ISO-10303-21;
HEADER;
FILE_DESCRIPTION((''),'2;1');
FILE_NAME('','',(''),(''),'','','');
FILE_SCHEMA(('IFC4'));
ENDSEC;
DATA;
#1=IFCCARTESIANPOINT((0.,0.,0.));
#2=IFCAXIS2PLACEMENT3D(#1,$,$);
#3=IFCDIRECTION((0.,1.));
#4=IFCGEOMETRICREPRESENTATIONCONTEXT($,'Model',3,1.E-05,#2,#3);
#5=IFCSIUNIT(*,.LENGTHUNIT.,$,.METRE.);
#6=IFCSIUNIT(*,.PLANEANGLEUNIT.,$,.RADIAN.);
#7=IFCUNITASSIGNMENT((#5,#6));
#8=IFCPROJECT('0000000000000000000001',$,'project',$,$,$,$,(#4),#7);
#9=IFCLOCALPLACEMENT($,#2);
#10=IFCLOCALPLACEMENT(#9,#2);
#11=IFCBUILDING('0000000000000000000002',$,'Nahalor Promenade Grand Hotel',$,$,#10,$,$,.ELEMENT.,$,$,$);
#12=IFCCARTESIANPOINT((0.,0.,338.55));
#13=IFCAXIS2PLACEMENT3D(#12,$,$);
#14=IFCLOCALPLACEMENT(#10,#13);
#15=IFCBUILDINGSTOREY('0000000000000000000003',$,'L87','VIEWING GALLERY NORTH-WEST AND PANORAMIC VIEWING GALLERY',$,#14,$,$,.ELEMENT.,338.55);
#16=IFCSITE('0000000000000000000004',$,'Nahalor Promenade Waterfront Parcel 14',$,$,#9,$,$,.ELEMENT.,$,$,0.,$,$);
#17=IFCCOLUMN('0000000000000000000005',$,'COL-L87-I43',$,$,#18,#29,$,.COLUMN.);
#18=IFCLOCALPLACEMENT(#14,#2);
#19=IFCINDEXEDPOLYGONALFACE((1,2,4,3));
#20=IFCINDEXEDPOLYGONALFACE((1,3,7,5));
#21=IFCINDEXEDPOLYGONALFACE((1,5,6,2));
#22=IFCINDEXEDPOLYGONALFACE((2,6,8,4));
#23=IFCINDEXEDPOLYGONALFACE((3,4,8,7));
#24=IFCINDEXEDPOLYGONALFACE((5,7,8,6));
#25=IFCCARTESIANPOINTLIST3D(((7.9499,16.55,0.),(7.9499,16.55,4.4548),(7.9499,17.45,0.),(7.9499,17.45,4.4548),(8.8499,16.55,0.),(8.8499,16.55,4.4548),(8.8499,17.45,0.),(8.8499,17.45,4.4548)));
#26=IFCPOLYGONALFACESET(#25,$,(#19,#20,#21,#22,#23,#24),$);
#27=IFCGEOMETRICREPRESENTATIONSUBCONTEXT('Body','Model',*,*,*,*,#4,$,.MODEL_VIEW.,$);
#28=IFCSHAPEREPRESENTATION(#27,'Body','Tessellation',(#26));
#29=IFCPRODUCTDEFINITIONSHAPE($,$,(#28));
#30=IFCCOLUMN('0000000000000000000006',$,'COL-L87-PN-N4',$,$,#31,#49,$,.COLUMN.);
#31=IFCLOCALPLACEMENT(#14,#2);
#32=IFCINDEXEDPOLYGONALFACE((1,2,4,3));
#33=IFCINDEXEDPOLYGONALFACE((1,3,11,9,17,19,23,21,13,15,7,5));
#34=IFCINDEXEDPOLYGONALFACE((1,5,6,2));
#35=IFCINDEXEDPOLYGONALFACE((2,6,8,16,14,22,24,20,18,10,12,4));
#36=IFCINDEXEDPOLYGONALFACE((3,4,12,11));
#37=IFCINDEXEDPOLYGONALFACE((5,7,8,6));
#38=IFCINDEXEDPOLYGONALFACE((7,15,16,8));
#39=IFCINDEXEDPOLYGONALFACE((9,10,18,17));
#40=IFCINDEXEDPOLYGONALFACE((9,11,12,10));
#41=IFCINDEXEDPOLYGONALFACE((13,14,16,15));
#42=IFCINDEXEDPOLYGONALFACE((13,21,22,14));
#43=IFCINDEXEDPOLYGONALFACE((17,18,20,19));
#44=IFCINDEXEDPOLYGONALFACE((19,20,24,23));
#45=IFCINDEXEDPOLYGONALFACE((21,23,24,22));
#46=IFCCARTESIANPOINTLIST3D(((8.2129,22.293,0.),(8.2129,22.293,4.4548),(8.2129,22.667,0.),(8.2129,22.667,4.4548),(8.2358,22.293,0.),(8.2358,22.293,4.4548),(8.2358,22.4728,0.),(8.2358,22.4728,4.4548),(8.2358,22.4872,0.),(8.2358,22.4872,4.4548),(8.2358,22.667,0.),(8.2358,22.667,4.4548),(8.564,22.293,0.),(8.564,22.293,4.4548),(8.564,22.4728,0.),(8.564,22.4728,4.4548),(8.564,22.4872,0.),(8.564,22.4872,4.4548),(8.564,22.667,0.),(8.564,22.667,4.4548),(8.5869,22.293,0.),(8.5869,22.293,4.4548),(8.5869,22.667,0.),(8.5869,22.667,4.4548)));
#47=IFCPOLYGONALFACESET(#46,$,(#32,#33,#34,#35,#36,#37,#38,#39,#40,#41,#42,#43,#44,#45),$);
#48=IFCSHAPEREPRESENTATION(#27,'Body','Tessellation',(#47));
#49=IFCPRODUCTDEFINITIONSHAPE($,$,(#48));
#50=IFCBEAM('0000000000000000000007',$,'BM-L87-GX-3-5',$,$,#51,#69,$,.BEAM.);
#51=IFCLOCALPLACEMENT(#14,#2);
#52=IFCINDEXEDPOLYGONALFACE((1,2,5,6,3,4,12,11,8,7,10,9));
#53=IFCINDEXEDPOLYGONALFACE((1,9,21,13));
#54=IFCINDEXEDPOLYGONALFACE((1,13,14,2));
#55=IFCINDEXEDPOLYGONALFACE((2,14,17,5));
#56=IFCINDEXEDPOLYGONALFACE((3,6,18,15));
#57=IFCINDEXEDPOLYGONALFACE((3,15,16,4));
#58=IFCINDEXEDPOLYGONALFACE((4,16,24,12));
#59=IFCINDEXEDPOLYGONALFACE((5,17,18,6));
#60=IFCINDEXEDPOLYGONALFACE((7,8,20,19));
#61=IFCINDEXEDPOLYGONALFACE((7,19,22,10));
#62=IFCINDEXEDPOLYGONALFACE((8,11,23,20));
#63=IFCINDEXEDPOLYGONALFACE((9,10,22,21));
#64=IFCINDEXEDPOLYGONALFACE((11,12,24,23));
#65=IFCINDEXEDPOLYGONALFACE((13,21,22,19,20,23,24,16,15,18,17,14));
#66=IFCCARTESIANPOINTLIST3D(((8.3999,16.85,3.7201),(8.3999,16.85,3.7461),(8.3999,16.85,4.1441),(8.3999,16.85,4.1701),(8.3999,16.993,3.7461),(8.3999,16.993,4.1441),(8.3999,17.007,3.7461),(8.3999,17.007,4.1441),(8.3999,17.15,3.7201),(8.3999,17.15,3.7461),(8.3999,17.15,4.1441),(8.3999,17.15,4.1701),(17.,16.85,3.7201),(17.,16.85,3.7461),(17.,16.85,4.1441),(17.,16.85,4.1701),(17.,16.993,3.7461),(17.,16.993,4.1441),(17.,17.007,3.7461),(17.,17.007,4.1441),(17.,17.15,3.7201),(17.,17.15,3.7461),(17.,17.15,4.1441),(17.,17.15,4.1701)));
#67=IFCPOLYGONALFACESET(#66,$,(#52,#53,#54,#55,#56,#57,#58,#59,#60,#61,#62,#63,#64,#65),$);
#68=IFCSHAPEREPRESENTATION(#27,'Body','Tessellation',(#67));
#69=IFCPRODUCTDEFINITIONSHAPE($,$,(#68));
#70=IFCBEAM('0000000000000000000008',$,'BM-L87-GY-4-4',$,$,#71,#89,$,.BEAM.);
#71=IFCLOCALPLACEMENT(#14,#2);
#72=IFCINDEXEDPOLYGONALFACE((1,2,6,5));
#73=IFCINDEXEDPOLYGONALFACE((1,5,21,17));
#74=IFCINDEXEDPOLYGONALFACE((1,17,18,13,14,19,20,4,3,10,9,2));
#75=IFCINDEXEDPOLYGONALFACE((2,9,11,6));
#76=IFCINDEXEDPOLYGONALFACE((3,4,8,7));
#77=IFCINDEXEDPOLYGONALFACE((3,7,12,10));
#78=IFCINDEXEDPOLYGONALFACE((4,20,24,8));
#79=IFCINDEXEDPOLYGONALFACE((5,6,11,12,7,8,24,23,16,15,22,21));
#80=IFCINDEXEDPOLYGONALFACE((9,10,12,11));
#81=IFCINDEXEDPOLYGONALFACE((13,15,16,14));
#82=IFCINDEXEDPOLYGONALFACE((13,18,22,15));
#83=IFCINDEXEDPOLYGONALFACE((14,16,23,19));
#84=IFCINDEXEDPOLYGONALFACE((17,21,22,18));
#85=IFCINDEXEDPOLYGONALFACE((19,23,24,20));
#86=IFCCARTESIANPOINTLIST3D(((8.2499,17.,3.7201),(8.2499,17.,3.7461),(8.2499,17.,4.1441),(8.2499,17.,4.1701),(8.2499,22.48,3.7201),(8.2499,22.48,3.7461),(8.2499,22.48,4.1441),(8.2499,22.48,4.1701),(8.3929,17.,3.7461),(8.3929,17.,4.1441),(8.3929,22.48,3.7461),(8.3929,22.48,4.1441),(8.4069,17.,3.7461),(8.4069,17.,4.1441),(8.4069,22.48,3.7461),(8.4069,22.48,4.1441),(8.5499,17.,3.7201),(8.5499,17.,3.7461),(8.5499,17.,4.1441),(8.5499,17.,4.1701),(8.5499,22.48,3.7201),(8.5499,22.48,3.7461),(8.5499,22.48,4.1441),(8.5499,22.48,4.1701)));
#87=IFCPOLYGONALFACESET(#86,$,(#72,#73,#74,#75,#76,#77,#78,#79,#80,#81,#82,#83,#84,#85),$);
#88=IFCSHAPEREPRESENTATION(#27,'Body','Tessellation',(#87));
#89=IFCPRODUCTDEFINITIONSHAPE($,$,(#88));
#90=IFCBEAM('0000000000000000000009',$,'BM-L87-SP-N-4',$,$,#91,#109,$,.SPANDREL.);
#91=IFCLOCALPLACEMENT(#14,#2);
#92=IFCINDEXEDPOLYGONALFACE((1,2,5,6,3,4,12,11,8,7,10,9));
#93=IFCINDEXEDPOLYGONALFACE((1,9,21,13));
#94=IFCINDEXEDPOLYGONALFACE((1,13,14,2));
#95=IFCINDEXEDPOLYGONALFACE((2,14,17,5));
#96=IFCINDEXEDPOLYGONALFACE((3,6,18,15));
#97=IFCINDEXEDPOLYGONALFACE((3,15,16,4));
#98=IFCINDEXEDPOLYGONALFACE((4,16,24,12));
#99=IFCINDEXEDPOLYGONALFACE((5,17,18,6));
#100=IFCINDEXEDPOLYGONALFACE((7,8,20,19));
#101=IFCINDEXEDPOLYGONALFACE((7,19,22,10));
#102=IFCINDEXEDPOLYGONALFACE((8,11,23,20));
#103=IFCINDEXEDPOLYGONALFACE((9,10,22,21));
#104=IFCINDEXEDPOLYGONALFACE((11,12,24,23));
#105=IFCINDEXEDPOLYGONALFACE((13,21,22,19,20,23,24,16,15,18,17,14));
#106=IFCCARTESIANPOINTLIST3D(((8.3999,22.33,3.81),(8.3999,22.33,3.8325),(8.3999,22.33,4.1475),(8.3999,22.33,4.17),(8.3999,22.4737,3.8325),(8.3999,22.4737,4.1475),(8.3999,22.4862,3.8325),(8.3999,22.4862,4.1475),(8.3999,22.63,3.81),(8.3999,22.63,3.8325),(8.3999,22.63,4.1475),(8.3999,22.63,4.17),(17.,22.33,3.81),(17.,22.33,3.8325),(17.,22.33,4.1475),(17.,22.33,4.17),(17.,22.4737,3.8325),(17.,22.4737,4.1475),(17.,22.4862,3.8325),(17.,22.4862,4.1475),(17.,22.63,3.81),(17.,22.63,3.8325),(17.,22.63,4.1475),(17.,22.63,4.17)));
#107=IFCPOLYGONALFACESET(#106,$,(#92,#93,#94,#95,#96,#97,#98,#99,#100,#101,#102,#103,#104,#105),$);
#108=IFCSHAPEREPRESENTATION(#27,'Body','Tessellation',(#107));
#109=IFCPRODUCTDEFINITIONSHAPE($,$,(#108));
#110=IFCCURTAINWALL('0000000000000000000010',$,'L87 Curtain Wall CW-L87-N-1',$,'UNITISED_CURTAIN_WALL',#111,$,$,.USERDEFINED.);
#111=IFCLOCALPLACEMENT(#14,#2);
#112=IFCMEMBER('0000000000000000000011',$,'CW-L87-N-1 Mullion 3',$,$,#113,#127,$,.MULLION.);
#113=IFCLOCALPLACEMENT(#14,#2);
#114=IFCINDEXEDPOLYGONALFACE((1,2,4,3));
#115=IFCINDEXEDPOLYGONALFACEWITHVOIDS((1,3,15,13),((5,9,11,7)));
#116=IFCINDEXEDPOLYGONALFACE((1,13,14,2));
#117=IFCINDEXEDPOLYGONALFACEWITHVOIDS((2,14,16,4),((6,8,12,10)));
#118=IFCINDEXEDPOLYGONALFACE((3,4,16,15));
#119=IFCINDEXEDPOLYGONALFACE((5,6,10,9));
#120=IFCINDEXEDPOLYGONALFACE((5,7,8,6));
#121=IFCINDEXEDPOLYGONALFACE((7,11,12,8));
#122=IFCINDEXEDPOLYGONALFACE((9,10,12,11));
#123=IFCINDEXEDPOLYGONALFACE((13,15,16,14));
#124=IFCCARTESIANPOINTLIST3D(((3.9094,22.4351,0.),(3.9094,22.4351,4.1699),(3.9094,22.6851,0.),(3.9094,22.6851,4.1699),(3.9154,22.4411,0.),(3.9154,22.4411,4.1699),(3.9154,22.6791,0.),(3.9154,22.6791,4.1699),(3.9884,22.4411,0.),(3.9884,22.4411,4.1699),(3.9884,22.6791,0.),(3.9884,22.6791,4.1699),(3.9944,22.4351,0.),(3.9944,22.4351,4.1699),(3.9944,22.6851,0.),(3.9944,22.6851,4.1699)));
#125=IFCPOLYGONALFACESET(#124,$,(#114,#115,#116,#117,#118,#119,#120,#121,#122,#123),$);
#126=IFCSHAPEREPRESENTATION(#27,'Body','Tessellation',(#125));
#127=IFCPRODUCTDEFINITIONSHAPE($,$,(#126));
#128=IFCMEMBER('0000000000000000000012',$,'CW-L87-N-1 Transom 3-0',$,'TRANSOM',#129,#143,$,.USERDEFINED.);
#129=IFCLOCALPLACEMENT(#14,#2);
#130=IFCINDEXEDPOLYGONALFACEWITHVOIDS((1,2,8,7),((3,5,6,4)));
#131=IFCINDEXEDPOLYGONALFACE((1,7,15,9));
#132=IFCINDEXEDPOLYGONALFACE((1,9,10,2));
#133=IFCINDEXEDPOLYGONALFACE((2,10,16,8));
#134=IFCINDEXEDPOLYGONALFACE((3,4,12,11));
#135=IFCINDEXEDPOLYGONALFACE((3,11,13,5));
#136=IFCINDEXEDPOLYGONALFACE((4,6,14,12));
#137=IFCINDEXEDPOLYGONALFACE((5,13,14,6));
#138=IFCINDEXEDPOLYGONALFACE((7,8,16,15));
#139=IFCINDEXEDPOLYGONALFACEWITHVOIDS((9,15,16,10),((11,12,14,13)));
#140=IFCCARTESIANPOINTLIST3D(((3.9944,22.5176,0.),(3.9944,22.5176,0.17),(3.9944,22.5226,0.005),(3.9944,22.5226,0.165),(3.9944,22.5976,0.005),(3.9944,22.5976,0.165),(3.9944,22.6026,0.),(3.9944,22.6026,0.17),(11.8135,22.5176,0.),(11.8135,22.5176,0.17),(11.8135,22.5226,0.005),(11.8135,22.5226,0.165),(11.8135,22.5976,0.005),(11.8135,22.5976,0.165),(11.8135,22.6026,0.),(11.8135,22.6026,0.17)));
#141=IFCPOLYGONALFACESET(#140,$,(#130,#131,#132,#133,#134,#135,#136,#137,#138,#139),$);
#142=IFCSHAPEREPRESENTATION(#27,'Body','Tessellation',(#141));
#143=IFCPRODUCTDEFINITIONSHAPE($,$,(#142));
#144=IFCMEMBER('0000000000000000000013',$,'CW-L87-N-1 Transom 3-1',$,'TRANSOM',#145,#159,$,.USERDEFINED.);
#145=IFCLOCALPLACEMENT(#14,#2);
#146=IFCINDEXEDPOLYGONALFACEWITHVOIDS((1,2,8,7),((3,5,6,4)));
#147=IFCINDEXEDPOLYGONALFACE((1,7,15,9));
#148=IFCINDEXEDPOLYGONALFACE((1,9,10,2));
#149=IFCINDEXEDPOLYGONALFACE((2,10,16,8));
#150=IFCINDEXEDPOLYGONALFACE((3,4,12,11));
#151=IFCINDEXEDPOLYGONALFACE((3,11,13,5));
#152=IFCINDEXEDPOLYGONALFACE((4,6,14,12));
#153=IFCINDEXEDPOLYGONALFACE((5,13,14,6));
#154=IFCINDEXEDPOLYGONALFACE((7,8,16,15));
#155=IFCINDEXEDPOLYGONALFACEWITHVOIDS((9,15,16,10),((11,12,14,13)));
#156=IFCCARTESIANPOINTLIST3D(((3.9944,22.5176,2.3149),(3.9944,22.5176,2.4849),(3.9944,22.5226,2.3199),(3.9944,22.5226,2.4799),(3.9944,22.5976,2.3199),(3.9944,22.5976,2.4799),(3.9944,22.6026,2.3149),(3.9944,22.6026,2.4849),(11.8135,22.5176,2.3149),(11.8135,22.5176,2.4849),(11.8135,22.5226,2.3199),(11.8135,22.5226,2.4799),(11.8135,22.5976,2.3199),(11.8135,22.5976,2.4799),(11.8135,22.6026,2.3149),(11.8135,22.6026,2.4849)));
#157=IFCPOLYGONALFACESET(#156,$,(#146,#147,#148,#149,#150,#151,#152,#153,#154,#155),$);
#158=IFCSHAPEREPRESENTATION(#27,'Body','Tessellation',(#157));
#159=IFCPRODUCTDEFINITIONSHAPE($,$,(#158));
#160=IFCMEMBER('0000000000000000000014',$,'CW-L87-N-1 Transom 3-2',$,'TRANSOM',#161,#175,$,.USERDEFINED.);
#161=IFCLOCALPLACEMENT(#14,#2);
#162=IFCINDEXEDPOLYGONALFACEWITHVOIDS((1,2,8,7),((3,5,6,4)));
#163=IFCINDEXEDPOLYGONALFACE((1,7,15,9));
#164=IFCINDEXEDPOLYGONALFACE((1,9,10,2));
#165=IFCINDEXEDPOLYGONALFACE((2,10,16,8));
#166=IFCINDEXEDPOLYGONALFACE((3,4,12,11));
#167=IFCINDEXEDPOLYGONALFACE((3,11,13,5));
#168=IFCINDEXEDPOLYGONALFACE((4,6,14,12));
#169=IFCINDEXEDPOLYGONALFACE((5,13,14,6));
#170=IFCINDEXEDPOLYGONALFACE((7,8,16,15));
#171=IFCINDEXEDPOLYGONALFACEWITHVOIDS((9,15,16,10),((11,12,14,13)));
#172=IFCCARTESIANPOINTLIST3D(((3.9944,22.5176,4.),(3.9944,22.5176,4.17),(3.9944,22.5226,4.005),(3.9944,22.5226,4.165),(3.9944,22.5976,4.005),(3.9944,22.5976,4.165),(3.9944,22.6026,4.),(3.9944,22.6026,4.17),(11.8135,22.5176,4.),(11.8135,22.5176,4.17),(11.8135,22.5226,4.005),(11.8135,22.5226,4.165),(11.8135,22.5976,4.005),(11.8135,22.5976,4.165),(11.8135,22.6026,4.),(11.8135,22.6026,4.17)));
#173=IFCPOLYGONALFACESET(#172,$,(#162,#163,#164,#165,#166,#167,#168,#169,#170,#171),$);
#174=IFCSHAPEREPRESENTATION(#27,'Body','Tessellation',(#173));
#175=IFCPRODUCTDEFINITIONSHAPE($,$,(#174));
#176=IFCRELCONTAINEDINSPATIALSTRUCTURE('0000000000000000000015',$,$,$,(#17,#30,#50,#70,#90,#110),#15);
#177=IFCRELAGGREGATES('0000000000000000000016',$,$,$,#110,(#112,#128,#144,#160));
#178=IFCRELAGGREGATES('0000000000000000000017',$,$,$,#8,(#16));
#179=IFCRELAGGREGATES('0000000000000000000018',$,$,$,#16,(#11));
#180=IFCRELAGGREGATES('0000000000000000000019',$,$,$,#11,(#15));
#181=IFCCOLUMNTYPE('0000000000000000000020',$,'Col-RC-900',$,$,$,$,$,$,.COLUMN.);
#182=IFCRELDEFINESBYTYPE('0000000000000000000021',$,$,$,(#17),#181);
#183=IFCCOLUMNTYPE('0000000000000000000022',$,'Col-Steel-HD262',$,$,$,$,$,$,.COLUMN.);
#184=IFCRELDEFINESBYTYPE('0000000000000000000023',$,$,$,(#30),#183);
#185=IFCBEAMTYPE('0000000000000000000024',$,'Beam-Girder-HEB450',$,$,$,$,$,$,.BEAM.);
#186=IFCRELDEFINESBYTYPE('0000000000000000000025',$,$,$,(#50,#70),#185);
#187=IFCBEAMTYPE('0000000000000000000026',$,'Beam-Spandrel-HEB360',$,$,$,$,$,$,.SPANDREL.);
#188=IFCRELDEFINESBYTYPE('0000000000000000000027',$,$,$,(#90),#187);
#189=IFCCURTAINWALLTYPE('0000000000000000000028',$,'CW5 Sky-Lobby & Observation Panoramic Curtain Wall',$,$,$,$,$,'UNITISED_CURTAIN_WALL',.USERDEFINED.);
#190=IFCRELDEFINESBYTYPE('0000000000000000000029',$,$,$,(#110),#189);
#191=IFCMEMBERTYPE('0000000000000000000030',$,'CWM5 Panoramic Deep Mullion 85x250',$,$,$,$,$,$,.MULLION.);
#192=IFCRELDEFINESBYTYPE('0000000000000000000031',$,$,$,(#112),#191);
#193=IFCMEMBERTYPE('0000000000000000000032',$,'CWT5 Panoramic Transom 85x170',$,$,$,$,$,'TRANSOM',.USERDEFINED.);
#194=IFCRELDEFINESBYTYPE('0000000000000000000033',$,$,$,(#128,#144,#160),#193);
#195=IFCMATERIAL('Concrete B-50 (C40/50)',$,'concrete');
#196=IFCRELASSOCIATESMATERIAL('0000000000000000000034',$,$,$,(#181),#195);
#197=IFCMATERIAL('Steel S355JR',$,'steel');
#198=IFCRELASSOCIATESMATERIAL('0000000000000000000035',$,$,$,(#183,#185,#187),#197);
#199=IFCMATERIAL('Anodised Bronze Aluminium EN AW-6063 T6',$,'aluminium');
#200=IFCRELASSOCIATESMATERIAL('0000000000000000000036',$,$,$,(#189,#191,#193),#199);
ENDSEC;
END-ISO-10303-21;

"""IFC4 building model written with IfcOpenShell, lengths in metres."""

from ifc_helpers import new_model, si_unit, direction, frame, origin, origin_2d, place, context, subcontext, project, spatial, rectangle, hollow_rectangle, i_section, extrude, source, transform, mapped, material, material_profile, profile_set, type_object, element, aggregate, save


model = new_model("IFC4")

# Units and contexts
model_context = context("Model", 3, precision=1e-05, world=origin(), true_north=direction((0.0, 1.0)))
body_context = subcontext(model_context, "Body", "Model", "MODEL_VIEW")
ifc_project = project(units=[si_unit("LENGTHUNIT", "METRE"), si_unit("PLANEANGLEUNIT", "RADIAN")], contexts=[model_context])

# Site, building, storey
site_placement = place(None, origin())
site = spatial("IfcSite", under=ifc_project, at=site_placement, Name="Nahalor Promenade Waterfront Parcel 14", CompositionType="ELEMENT", RefElevation=0.0)
building_placement = place(site_placement, origin())
building = spatial("IfcBuilding", under=site, at=building_placement, Name="Nahalor Promenade Grand Hotel", CompositionType="ELEMENT")
storey_placement = place(building_placement, frame((0.0, 0.0, 338.55)))
storey = spatial("IfcBuildingStorey", under=building, at=storey_placement, Name="L87", Description="VIEWING GALLERY NORTH-WEST AND PANORAMIC VIEWING GALLERY", CompositionType="ELEMENT", Elevation=338.55)

# Columns
ifc_material_1 = material(Name="Concrete B-50 (C40/50)", Category="concrete")
ifc_material_profile_1 = material_profile(ifc_material_1, rectangle(XDim=0.9, YDim=0.9, at=origin_2d()), Name="RC 900x900")
ifc_profile_set_1 = profile_set([ifc_material_profile_1], Name="Concrete B-50 (C40/50)")
column_type_1 = type_object("IfcColumnType", Name="Col-RC-900", PredefinedType="COLUMN", material=ifc_profile_set_1)
shared_shape_1 = source(origin(), body_context, "Body", "SweptSolid", [
    extrude(rectangle(XDim=0.9, YDim=0.9, at=origin_2d()), origin(), (0.0, 0.0, 1.0), 4.4548),
])
column_1_placement = place(storey_placement, frame((8.3999, 17.0, 0.0), z_axis=(0.0, 0.0, 1.0), x_axis=(1.0, 0.0, 0.0)))
element("IfcColumn", 1, at=column_1_placement, inside=storey, type_object=column_type_1, Name="COL-L87-I43", PredefinedType="COLUMN", context=body_context, shape_type="MappedRepresentation", body=[
    mapped(shared_shape_1, transform((0.0, 0.0, 0.0), scale=1.0)),
])
ifc_material_2 = material(Name="Steel S355JR", Category="steel")
ifc_material_profile_2 = material_profile(ifc_material_2, i_section(OverallWidth=0.374, OverallDepth=0.374, WebThickness=0.0144, FlangeThickness=0.0229, at=origin_2d()), Name="HD 360x262")
ifc_profile_set_2 = profile_set([ifc_material_profile_2], Name="Steel S355JR")
column_type_2 = type_object("IfcColumnType", Name="Col-Steel-HD262", PredefinedType="COLUMN", material=ifc_profile_set_2)
shared_shape_2 = source(origin(), body_context, "Body", "SweptSolid", [
    extrude(i_section(OverallWidth=0.374, OverallDepth=0.374, WebThickness=0.0144, FlangeThickness=0.0229, at=origin_2d()), origin(), (0.0, 0.0, 1.0), 4.4548),
])
column_2_placement = place(storey_placement, frame((8.3999, 22.48, 0.0), z_axis=(0.0, 0.0, 1.0), x_axis=(0.0, 1.0, 0.0)))
element("IfcColumn", 2, at=column_2_placement, inside=storey, type_object=column_type_2, Name="COL-L87-PN-N4", PredefinedType="COLUMN", context=body_context, shape_type="MappedRepresentation", body=[
    mapped(shared_shape_2, transform((0.0, 0.0, 0.0), scale=1.0)),
])

# Beams
ifc_material_profile_3 = material_profile(ifc_material_2, i_section(OverallWidth=0.3, OverallDepth=0.45, WebThickness=0.014, FlangeThickness=0.026, at=origin_2d()), Name="HEB 450")
ifc_profile_set_3 = profile_set([ifc_material_profile_3], Name="Steel S355JR")
beam_type_1 = type_object("IfcBeamType", Name="Beam-Girder-HEB450", PredefinedType="BEAM", material=ifc_profile_set_3)
shared_shape_3 = source(origin(), body_context, "Body", "SweptSolid", [
    extrude(i_section(OverallWidth=0.3, OverallDepth=0.45, WebThickness=0.014, FlangeThickness=0.026, at=origin_2d()), origin(), (0.0, 0.0, 1.0), 8.6001),
])
beam_1_placement = place(storey_placement, frame((8.3999, 17.0, 3.9451), z_axis=(1.0, 0.0, 0.0), x_axis=(0.0, 1.0, 0.0)))
element("IfcBeam", 3, at=beam_1_placement, inside=storey, type_object=beam_type_1, Name="BM-L87-GX-3-5", PredefinedType="BEAM", context=body_context, shape_type="MappedRepresentation", body=[
    mapped(shared_shape_3, transform((0.0, 0.0, 0.0), scale=1.0)),
])
shared_shape_4 = source(origin(), body_context, "Body", "SweptSolid", [
    extrude(i_section(OverallWidth=0.3, OverallDepth=0.45, WebThickness=0.014, FlangeThickness=0.026, at=origin_2d()), origin(), (0.0, 0.0, 1.0), 5.48),
])
beam_2_placement = place(storey_placement, frame((8.3999, 17.0, 3.9451), z_axis=(0.0, 1.0, 0.0), x_axis=(-1.0, 0.0, 0.0)))
element("IfcBeam", 4, at=beam_2_placement, inside=storey, type_object=beam_type_1, Name="BM-L87-GY-4-4", PredefinedType="BEAM", context=body_context, shape_type="MappedRepresentation", body=[
    mapped(shared_shape_4, transform((0.0, 0.0, 0.0), scale=1.0)),
])
ifc_material_profile_4 = material_profile(ifc_material_2, i_section(OverallWidth=0.3, OverallDepth=0.36, WebThickness=0.0125, FlangeThickness=0.0225, at=origin_2d()), Name="HEB 360")
ifc_profile_set_4 = profile_set([ifc_material_profile_4], Name="Steel S355JR")
beam_type_2 = type_object("IfcBeamType", Name="Beam-Spandrel-HEB360", PredefinedType="SPANDREL", material=ifc_profile_set_4)
shared_shape_5 = source(origin(), body_context, "Body", "SweptSolid", [
    extrude(i_section(OverallWidth=0.3, OverallDepth=0.36, WebThickness=0.0125, FlangeThickness=0.0225, at=origin_2d()), origin(), (0.0, 0.0, 1.0), 8.6001),
])
beam_3_placement = place(storey_placement, frame((8.3999, 22.48, 3.99), z_axis=(1.0, 0.0, 0.0), x_axis=(0.0, 1.0, 0.0)))
element("IfcBeam", 5, at=beam_3_placement, inside=storey, type_object=beam_type_2, Name="BM-L87-SP-N-4", PredefinedType="SPANDREL", context=body_context, shape_type="MappedRepresentation", body=[
    mapped(shared_shape_5, transform((0.0, 0.0, 0.0), scale=1.0)),
])

# Curtain wall, members
ifc_material_3 = material(Name="Anodised Bronze Aluminium EN AW-6063 T6", Category="aluminium")
curtain_wall_type = type_object("IfcCurtainWallType", Name="CW5 Sky-Lobby & Observation Panoramic Curtain Wall", ElementType="UNITISED_CURTAIN_WALL", PredefinedType="USERDEFINED", material=ifc_material_3)
curtain_wall_placement = place(storey_placement, origin())
curtain_wall = element("IfcCurtainWall", 6, at=curtain_wall_placement, inside=storey, type_object=curtain_wall_type, Name="L87 Curtain Wall CW-L87-N-1", ObjectType="UNITISED_CURTAIN_WALL", PredefinedType="USERDEFINED")
ifc_material_profile_5 = material_profile(ifc_material_3, hollow_rectangle(XDim=0.085, YDim=0.25, WallThickness=0.006, at=origin_2d()), Name="CWM 85x250x6")
ifc_profile_set_5 = profile_set([ifc_material_profile_5], Name="Anodised Bronze Aluminium EN AW-6063 T6")
member_type_1 = type_object("IfcMemberType", Name="CWM5 Panoramic Deep Mullion 85x250", PredefinedType="MULLION", material=ifc_profile_set_5)
shared_shape_6 = source(origin(), body_context, "Body", "SweptSolid", [
    extrude(hollow_rectangle(XDim=0.085, YDim=0.25, WallThickness=0.006, at=origin_2d()), origin(), (0.0, 0.0, 1.0), 4.1699),
])
member_1_placement = place(storey_placement, frame((3.9519, 22.5601, 0.0), z_axis=(0.0, 0.0, 1.0), x_axis=(1.0, 0.0, 0.0)))
member_1 = element("IfcMember", 7, at=member_1_placement, type_object=member_type_1, Name="CW-L87-N-1 Mullion 3", PredefinedType="MULLION", context=body_context, shape_type="MappedRepresentation", body=[
    mapped(shared_shape_6, transform((0.0, 0.0, 0.0), scale=1.0)),
])
ifc_material_profile_6 = material_profile(ifc_material_3, hollow_rectangle(XDim=0.085, YDim=0.17, WallThickness=0.005, at=origin_2d()), Name="CWT 85x170x5")
ifc_profile_set_6 = profile_set([ifc_material_profile_6], Name="Anodised Bronze Aluminium EN AW-6063 T6")
member_type_2 = type_object("IfcMemberType", Name="CWT5 Panoramic Transom 85x170", ElementType="TRANSOM", PredefinedType="USERDEFINED", material=ifc_profile_set_6)
shared_shape_7 = source(origin(), body_context, "Body", "SweptSolid", [
    extrude(hollow_rectangle(XDim=0.085, YDim=0.17, WallThickness=0.005, at=origin_2d()), origin(), (0.0, 0.0, 1.0), 7.8191),
])
member_2_placement = place(storey_placement, frame((3.9944, 22.5601, 0.085), z_axis=(1.0, 0.0, 0.0), x_axis=(0.0, 1.0, 0.0)))
member_2 = element("IfcMember", 8, at=member_2_placement, type_object=member_type_2, Name="CW-L87-N-1 Transom 3-0", ObjectType="TRANSOM", PredefinedType="USERDEFINED", context=body_context, shape_type="MappedRepresentation", body=[
    mapped(shared_shape_7, transform((0.0, 0.0, 0.0), scale=1.0)),
])
member_3_placement = place(storey_placement, frame((3.9944, 22.5601, 2.3999), z_axis=(1.0, 0.0, 0.0), x_axis=(0.0, 1.0, 0.0)))
member_3 = element("IfcMember", 9, at=member_3_placement, type_object=member_type_2, Name="CW-L87-N-1 Transom 3-1", ObjectType="TRANSOM", PredefinedType="USERDEFINED", context=body_context, shape_type="MappedRepresentation", body=[
    mapped(shared_shape_7, transform((0.0, 0.0, 0.0), scale=1.0)),
])
member_4_placement = place(storey_placement, frame((3.9944, 22.5601, 4.085), z_axis=(1.0, 0.0, 0.0), x_axis=(0.0, 1.0, 0.0)))
member_4 = element("IfcMember", 10, at=member_4_placement, type_object=member_type_2, Name="CW-L87-N-1 Transom 3-2", ObjectType="TRANSOM", PredefinedType="USERDEFINED", context=body_context, shape_type="MappedRepresentation", body=[
    mapped(shared_shape_7, transform((0.0, 0.0, 0.0), scale=1.0)),
])
aggregate(curtain_wall, [member_1, member_2, member_3, member_4])

save(model, "model.ifc")
